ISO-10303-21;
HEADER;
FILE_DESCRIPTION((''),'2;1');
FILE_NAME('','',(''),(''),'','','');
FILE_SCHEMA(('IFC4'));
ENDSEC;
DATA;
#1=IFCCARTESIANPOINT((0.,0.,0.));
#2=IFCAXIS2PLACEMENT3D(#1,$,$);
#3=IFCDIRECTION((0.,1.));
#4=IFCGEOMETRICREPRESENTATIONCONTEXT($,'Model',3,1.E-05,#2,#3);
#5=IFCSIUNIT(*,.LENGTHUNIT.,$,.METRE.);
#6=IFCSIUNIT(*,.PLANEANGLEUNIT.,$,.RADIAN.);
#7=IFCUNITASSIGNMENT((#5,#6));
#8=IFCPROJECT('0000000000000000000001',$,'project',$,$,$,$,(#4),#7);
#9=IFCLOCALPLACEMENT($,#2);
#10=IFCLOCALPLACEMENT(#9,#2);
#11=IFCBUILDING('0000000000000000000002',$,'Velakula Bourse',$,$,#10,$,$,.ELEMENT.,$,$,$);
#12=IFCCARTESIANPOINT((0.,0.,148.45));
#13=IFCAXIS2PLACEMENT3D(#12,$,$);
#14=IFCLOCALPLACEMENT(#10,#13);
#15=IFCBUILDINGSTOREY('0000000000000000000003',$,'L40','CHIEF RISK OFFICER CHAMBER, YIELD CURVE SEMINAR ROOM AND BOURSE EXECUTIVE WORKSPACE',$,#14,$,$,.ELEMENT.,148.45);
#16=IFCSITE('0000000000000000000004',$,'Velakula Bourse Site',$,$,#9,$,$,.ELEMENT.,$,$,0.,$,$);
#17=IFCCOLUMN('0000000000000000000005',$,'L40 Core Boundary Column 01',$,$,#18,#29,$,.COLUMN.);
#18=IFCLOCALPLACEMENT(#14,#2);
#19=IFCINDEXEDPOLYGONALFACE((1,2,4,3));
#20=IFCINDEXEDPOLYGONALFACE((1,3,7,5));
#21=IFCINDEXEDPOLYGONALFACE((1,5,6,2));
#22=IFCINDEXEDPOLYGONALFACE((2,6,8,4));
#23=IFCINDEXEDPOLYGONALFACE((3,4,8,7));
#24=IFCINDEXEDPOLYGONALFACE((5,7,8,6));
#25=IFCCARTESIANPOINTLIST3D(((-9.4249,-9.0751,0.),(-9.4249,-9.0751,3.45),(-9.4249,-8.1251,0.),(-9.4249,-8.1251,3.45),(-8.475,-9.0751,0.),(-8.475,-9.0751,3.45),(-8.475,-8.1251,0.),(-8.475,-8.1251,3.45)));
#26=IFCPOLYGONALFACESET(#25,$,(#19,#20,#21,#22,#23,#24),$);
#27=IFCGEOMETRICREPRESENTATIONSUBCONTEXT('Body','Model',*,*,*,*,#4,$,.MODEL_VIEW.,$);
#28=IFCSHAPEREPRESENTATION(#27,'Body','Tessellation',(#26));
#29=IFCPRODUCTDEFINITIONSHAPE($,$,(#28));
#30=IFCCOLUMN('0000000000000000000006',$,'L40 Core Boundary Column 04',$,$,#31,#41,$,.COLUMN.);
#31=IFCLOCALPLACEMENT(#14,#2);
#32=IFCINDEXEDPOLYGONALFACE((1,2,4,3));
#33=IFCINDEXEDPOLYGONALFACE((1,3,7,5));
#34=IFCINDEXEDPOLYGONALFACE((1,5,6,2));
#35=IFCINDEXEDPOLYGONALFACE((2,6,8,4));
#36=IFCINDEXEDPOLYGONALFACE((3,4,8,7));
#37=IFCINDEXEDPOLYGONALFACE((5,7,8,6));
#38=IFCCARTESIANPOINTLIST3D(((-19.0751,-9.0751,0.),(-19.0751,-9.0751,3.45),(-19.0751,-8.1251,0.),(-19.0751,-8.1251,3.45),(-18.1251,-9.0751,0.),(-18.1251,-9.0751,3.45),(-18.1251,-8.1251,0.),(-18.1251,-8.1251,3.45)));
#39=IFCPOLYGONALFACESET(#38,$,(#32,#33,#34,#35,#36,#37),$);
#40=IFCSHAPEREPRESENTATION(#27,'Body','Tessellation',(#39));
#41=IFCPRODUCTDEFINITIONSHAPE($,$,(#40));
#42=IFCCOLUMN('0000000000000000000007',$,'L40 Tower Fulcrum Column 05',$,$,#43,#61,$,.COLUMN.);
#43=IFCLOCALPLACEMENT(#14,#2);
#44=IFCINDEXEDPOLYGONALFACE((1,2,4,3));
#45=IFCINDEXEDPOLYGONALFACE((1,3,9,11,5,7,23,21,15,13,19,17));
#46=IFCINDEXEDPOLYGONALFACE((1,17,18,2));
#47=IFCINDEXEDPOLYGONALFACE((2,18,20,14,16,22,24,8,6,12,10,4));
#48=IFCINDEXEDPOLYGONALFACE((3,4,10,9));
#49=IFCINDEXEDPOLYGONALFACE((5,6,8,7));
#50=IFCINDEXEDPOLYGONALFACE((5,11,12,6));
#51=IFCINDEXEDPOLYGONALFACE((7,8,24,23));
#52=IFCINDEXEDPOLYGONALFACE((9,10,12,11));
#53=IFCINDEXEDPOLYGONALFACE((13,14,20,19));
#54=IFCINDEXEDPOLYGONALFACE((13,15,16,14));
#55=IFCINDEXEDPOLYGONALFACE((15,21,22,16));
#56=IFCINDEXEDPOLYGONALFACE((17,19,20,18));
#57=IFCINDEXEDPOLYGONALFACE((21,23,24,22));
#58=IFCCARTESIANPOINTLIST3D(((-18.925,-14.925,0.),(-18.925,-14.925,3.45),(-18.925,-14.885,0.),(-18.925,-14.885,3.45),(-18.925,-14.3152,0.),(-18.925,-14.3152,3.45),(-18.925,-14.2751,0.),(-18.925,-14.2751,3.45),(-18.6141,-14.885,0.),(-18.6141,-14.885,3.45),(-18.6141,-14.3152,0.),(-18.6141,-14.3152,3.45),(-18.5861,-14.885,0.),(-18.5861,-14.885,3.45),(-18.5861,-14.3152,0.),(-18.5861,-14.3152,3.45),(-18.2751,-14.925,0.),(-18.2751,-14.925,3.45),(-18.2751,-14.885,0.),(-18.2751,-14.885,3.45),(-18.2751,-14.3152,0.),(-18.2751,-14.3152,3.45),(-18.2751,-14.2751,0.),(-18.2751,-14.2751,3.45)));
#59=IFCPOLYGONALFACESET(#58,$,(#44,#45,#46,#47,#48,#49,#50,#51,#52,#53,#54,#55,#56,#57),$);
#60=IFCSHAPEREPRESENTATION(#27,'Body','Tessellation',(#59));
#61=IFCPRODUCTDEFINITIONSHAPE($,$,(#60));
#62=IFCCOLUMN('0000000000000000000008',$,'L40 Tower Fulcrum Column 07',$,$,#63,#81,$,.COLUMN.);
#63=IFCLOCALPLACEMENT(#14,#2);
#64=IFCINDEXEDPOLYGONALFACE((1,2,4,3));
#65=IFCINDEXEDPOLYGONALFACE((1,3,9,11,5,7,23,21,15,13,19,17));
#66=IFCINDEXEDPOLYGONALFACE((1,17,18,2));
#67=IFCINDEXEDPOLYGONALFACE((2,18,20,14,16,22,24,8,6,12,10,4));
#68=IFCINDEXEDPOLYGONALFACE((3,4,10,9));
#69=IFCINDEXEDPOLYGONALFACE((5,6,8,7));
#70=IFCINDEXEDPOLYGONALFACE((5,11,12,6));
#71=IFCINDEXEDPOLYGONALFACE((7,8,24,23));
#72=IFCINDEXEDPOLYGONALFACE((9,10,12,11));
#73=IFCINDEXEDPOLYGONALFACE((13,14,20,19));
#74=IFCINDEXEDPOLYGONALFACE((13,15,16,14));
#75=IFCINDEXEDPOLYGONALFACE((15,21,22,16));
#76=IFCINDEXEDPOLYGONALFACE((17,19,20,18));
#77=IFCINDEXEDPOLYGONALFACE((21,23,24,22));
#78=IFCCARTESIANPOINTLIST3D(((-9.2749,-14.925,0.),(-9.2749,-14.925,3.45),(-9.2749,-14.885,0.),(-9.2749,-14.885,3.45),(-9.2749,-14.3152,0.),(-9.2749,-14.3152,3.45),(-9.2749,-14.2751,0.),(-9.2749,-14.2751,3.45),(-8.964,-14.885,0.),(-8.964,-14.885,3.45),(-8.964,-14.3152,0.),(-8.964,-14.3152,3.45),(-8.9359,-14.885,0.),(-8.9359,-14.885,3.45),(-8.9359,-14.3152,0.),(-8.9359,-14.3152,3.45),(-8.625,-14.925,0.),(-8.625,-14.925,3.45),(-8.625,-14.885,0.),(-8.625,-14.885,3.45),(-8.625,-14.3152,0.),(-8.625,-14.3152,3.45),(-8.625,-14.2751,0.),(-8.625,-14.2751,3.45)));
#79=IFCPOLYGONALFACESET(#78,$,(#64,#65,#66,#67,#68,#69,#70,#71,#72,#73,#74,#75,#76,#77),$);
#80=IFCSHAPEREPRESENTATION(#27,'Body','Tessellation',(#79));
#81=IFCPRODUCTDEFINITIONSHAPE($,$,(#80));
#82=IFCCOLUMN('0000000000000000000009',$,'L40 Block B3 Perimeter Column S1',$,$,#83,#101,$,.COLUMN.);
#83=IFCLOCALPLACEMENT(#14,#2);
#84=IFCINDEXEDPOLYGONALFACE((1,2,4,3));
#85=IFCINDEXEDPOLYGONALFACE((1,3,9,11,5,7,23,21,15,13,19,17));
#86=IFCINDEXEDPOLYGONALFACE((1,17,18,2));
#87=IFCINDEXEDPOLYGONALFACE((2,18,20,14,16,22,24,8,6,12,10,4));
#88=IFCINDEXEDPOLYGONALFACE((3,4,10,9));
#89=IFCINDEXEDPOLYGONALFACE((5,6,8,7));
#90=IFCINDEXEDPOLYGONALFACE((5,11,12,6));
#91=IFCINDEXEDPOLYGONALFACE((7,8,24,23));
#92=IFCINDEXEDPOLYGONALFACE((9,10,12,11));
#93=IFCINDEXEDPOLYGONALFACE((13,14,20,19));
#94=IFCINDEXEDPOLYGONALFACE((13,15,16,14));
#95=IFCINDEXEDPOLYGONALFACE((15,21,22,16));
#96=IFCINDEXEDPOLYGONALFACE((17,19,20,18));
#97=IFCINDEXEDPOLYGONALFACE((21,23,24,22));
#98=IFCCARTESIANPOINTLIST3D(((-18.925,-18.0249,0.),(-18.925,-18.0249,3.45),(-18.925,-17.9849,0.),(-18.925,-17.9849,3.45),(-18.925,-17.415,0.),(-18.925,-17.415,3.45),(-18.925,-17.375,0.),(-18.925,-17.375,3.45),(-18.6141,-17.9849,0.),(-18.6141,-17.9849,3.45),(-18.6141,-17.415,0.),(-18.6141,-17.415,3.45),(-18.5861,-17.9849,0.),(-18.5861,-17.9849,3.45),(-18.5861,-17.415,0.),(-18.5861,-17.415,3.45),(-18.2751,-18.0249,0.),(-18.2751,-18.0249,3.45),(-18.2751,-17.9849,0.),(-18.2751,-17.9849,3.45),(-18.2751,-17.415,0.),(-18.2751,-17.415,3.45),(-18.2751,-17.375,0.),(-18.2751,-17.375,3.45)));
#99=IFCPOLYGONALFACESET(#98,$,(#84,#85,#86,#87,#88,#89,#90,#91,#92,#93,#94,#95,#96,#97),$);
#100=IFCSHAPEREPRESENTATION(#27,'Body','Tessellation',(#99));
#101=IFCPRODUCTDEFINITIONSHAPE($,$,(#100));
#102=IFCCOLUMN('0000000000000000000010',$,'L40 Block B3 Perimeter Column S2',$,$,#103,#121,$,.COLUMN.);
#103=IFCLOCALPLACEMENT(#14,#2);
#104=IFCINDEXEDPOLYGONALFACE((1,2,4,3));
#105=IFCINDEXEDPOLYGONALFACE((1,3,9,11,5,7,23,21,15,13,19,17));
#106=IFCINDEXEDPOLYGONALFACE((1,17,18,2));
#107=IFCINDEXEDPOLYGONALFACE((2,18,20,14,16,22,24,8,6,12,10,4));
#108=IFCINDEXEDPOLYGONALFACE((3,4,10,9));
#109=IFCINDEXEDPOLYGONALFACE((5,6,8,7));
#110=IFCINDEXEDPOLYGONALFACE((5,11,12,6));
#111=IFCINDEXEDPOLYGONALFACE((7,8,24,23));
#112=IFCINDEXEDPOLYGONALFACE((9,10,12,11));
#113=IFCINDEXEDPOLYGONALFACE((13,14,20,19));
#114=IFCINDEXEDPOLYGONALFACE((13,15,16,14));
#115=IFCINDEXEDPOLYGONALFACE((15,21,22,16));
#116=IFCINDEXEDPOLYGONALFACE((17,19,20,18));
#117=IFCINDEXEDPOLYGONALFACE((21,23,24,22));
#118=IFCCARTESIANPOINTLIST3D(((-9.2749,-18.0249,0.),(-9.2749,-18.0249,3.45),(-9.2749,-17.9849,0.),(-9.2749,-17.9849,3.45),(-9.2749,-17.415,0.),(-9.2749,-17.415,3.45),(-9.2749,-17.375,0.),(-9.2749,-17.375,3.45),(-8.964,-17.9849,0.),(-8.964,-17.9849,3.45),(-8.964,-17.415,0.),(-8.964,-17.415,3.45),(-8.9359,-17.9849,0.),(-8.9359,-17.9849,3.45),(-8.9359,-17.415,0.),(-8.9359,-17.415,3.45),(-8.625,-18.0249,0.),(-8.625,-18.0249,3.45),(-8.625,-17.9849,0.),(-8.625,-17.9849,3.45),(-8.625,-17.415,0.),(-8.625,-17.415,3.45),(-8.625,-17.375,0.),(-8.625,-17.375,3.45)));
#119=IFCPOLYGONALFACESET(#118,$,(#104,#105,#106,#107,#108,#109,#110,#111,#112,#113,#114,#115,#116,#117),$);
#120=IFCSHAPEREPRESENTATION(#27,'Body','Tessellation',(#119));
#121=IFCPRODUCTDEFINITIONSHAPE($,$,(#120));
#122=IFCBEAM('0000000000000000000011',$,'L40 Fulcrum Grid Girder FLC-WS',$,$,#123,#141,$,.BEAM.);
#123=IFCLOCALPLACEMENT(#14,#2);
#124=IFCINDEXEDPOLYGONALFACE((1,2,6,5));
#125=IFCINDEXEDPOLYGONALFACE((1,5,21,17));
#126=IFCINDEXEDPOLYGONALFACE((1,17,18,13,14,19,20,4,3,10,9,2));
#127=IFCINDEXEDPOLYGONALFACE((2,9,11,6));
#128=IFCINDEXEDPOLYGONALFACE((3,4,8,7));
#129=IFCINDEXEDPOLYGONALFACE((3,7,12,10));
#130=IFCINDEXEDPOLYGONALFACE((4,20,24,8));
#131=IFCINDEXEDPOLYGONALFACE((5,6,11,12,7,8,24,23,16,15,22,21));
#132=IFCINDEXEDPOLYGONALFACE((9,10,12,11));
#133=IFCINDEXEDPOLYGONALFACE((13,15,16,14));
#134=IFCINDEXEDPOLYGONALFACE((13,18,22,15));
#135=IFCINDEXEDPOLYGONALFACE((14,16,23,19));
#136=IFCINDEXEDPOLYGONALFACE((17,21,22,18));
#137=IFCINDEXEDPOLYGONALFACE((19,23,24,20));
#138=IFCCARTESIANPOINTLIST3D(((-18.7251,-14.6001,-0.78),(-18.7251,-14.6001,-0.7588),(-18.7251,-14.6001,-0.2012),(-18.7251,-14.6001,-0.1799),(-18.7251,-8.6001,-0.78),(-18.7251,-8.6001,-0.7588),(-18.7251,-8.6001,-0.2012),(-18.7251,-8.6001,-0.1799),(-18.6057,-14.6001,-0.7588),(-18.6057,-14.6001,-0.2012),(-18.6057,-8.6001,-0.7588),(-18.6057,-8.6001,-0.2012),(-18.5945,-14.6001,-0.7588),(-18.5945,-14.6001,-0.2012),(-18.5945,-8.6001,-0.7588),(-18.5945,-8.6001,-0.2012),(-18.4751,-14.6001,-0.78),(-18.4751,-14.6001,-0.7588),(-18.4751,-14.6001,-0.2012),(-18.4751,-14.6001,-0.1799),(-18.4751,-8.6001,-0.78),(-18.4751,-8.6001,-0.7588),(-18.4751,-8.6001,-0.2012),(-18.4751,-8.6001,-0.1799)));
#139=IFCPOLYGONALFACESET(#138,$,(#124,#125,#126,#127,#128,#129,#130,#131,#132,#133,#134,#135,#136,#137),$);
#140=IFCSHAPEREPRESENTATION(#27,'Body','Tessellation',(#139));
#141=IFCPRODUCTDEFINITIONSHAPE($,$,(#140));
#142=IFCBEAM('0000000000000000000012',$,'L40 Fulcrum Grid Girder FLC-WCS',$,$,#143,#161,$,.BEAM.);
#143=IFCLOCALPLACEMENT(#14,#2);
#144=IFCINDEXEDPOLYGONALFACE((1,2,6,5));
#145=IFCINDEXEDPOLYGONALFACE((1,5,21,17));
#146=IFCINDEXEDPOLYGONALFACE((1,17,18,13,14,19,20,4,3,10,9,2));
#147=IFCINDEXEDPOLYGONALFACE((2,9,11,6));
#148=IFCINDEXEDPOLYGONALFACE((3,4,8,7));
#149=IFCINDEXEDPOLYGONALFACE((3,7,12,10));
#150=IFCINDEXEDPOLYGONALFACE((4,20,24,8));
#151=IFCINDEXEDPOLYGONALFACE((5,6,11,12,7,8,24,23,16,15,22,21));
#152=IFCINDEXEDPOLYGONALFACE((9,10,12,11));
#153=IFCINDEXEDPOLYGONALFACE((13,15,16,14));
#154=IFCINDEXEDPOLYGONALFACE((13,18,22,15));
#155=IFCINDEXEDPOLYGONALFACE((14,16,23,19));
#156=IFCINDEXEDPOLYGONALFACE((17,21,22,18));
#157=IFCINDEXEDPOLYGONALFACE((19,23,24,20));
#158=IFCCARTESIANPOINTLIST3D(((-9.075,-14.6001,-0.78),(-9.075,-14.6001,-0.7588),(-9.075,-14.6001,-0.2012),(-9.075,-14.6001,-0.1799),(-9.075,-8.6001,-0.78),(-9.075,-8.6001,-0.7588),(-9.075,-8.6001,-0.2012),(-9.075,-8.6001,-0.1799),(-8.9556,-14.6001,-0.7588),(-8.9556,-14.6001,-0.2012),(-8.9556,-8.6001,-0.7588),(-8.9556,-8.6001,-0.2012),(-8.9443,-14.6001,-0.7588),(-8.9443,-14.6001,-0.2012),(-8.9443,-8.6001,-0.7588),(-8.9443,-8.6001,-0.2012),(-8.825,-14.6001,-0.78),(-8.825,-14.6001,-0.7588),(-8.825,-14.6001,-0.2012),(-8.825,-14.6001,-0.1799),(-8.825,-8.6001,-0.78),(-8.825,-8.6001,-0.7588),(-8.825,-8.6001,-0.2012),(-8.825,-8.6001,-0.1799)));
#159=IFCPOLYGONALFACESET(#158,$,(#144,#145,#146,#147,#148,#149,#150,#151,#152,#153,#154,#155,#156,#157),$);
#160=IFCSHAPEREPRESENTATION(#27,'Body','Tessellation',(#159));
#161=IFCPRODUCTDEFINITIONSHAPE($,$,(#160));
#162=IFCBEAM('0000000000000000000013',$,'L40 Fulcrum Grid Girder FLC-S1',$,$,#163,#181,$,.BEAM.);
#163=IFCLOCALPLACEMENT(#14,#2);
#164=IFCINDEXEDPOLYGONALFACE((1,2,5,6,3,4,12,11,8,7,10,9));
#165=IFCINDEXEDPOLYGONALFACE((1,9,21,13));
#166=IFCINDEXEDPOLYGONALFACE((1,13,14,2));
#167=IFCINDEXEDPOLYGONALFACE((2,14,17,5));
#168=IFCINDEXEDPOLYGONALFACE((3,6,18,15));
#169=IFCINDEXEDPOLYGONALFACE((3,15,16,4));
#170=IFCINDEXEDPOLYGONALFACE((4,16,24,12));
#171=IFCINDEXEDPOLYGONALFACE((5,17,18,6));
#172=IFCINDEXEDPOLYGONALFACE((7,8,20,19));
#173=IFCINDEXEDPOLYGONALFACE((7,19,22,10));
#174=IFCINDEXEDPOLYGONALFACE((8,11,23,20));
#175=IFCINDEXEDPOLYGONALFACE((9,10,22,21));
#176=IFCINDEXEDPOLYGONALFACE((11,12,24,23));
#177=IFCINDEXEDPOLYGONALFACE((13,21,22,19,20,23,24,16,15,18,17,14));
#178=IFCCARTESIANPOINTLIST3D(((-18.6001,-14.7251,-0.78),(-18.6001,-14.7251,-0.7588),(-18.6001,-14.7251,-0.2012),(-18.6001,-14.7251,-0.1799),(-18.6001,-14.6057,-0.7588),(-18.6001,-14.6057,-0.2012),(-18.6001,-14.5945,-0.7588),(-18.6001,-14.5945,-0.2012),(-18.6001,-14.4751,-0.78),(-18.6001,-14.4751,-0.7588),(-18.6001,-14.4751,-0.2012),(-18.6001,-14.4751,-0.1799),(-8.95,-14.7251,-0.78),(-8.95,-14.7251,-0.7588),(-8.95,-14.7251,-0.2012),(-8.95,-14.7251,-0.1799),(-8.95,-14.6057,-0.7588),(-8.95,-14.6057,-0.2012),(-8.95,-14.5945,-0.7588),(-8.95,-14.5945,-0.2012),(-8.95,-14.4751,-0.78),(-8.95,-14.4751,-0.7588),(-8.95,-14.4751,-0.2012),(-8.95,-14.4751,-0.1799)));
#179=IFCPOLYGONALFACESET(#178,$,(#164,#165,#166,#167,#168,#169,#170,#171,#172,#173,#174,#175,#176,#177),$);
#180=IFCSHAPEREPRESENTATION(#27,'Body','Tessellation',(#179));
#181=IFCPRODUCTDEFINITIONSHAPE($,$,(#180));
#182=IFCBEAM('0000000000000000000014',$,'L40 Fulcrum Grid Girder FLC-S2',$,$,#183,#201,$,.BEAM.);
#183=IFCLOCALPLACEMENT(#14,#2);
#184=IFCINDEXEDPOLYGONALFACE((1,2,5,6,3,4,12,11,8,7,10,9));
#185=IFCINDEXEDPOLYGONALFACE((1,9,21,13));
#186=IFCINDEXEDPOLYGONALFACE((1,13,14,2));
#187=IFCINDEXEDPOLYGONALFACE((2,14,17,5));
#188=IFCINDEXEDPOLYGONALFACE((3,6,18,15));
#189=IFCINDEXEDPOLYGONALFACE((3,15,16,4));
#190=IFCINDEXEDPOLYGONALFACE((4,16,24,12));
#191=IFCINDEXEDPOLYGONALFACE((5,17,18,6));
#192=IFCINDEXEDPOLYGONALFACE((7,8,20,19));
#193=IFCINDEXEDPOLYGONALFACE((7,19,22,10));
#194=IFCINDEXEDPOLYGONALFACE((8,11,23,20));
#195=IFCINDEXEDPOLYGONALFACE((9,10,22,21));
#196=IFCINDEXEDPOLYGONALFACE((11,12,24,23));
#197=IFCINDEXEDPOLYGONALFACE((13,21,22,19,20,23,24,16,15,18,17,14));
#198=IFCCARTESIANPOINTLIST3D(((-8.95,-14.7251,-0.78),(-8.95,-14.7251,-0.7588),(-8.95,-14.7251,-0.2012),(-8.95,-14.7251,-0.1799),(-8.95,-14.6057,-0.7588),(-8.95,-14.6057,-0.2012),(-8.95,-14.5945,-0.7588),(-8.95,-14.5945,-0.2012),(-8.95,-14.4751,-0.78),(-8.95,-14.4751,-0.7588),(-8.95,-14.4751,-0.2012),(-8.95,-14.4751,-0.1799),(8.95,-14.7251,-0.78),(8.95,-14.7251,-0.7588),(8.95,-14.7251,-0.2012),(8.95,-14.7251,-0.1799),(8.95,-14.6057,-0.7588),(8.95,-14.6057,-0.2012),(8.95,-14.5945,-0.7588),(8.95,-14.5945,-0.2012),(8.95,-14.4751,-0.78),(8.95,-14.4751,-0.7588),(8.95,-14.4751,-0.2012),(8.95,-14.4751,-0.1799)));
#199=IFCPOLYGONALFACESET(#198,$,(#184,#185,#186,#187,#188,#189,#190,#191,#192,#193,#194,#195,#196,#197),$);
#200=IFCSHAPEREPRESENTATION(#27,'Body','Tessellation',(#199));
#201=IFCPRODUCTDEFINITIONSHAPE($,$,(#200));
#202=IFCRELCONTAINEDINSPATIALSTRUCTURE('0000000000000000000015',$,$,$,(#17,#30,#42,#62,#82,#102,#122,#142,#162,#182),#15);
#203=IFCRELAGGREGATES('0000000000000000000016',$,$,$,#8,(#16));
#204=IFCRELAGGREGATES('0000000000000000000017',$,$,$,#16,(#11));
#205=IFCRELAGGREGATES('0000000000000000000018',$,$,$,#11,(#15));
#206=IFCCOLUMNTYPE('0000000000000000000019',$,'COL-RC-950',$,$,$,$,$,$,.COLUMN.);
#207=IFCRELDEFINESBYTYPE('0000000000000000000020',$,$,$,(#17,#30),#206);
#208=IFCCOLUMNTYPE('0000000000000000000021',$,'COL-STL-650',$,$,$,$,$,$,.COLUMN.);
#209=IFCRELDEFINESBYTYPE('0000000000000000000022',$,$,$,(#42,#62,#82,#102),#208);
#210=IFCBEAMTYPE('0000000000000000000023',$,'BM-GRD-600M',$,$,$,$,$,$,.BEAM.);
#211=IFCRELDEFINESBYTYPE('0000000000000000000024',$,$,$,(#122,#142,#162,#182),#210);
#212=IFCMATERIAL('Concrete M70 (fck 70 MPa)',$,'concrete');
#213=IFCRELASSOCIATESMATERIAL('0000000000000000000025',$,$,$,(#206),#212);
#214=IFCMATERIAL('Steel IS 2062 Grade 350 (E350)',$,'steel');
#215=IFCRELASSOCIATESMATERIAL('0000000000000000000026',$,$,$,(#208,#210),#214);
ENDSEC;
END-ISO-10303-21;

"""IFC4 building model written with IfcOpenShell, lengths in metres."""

from ifc_helpers import new_model, si_unit, direction, frame, origin, origin_2d, place, context, subcontext, project, spatial, rectangle, i_section, extrude, material, material_profile, profile_set, type_object, element, save


model = new_model("IFC4")

# Units and contexts
model_context = context("Model", 3, precision=1e-05, world=origin(), true_north=direction((0.0, 1.0)))
body_context = subcontext(model_context, "Body", "Model", "MODEL_VIEW")
ifc_project = project(units=[si_unit("LENGTHUNIT", "METRE"), si_unit("PLANEANGLEUNIT", "RADIAN")], contexts=[model_context])

# Site, building, storey
site_placement = place(None, origin())
site = spatial("IfcSite", under=ifc_project, at=site_placement, Name="Velakula Bourse Site", CompositionType="ELEMENT", RefElevation=0.0)
building_placement = place(site_placement, origin())
building = spatial("IfcBuilding", under=site, at=building_placement, Name="Velakula Bourse", CompositionType="ELEMENT")
storey_placement = place(building_placement, frame((0.0, 0.0, 148.45)))
storey = spatial("IfcBuildingStorey", under=building, at=storey_placement, Name="L40", Description="CHIEF RISK OFFICER CHAMBER, YIELD CURVE SEMINAR ROOM AND BOURSE EXECUTIVE WORKSPACE", CompositionType="ELEMENT", Elevation=148.45)

# Columns
ifc_material_1 = material(Name="Concrete M70 (fck 70 MPa)", Category="concrete")
ifc_material_profile_1 = material_profile(ifc_material_1, rectangle(XDim=0.95, YDim=0.95, at=origin_2d()), Name="Concrete M70 (fck 70 MPa)")
ifc_profile_set_1 = profile_set([ifc_material_profile_1], Name="Concrete M70 (fck 70 MPa)")
column_type_1 = type_object("IfcColumnType", Name="COL-RC-950", PredefinedType="COLUMN", material=ifc_profile_set_1)
for number, where, z_axis, x_axis, name in (
    (1, (-8.95, -8.6001, 0.0), (0.0, 0.0, 1.0), (1.0, 0.0, 0.0), "L40 Core Boundary Column 01"),
    (2, (-18.6001, -8.6001, 0.0), (0.0, 0.0, 1.0), (1.0, 0.0, 0.0), "L40 Core Boundary Column 04"),
):
    element("IfcColumn", number, at=place(storey_placement, frame(where, z_axis=z_axis, x_axis=x_axis)), inside=storey, type_object=column_type_1, Name=name, PredefinedType="COLUMN", context=body_context, shape_type="SweptSolid", body=[
        extrude(rectangle(XDim=0.95, YDim=0.95, at=origin_2d()), origin(), (0.0, 0.0, 1.0), 3.45),
    ])
ifc_material_2 = material(Name="Steel IS 2062 Grade 350 (E350)", Category="steel")
ifc_material_profile_2 = material_profile(ifc_material_2, i_section(OverallWidth=0.6499, OverallDepth=0.6499, WebThickness=0.0281, FlangeThickness=0.04, at=origin_2d()), Name="Steel IS 2062 Grade 350 (E350)")
ifc_profile_set_2 = profile_set([ifc_material_profile_2], Name="Steel IS 2062 Grade 350 (E350)")
column_type_2 = type_object("IfcColumnType", Name="COL-STL-650", PredefinedType="COLUMN", material=ifc_profile_set_2)
for number, where, z_axis, x_axis, name in (
    (3, (-18.6001, -14.6001, 0.0), (0.0, 0.0, 1.0), (1.0, 0.0, 0.0), "L40 Tower Fulcrum Column 05"),
    (4, (-8.95, -14.6001, 0.0), (0.0, 0.0, 1.0), (1.0, 0.0, 0.0), "L40 Tower Fulcrum Column 07"),
    (5, (-18.6001, -17.7, 0.0), (0.0, 0.0, 1.0), (1.0, 0.0, 0.0), "L40 Block B3 Perimeter Column S1"),
    (6, (-8.95, -17.7, 0.0), (0.0, 0.0, 1.0), (1.0, 0.0, 0.0), "L40 Block B3 Perimeter Column S2"),
):
    element("IfcColumn", number, at=place(storey_placement, frame(where, z_axis=z_axis, x_axis=x_axis)), inside=storey, type_object=column_type_2, Name=name, PredefinedType="COLUMN", context=body_context, shape_type="SweptSolid", body=[
        extrude(i_section(OverallWidth=0.6499, OverallDepth=0.6499, WebThickness=0.0281, FlangeThickness=0.04, at=origin_2d()), origin(), (0.0, 0.0, 1.0), 3.45),
    ])

# Beams
ifc_material_profile_3 = material_profile(ifc_material_2, i_section(OverallWidth=0.25, OverallDepth=0.6001, WebThickness=0.0112, FlangeThickness=0.0212, at=origin_2d()), Name="Steel IS 2062 Grade 350 (E350)")
ifc_profile_set_3 = profile_set([ifc_material_profile_3], Name="Steel IS 2062 Grade 350 (E350)")
beam_type_1 = type_object("IfcBeamType", Name="BM-GRD-600M", PredefinedType="BEAM", material=ifc_profile_set_3)
for number, where, z_axis, x_axis, name in (
    (7, (-18.6001, -14.6001, -0.48), (0.0, 1.0, 0.0), (-1.0, 0.0, 0.0), "L40 Fulcrum Grid Girder FLC-WS"),
    (8, (-8.95, -14.6001, -0.48), (0.0, 1.0, 0.0), (-1.0, 0.0, 0.0), "L40 Fulcrum Grid Girder FLC-WCS"),
):
    element("IfcBeam", number, at=place(storey_placement, frame(where, z_axis=z_axis, x_axis=x_axis)), inside=storey, type_object=beam_type_1, Name=name, PredefinedType="BEAM", context=body_context, shape_type="SweptSolid", body=[
        extrude(i_section(OverallWidth=0.25, OverallDepth=0.6001, WebThickness=0.0112, FlangeThickness=0.0212, at=origin_2d()), origin(), (0.0, 0.0, 1.0), 6.0),
    ])
beam_1_placement = place(storey_placement, frame((-18.6001, -14.6001, -0.48), z_axis=(1.0, 0.0, 0.0), x_axis=(0.0, 1.0, 0.0)))
element("IfcBeam", 9, at=beam_1_placement, inside=storey, type_object=beam_type_1, Name="L40 Fulcrum Grid Girder FLC-S1", PredefinedType="BEAM", context=body_context, shape_type="SweptSolid", body=[
    extrude(i_section(OverallWidth=0.25, OverallDepth=0.6001, WebThickness=0.0112, FlangeThickness=0.0212, at=origin_2d()), origin(), (0.0, 0.0, 1.0), 9.6501),
])
beam_2_placement = place(storey_placement, frame((-8.95, -14.6001, -0.48), z_axis=(1.0, 0.0, 0.0), x_axis=(0.0, 1.0, 0.0)))
element("IfcBeam", 10, at=beam_2_placement, inside=storey, type_object=beam_type_1, Name="L40 Fulcrum Grid Girder FLC-S2", PredefinedType="BEAM", context=body_context, shape_type="SweptSolid", body=[
    extrude(i_section(OverallWidth=0.25, OverallDepth=0.6001, WebThickness=0.0112, FlangeThickness=0.0212, at=origin_2d()), origin(), (0.0, 0.0, 1.0), 17.8999),
])

save(model, "model.ifc")
